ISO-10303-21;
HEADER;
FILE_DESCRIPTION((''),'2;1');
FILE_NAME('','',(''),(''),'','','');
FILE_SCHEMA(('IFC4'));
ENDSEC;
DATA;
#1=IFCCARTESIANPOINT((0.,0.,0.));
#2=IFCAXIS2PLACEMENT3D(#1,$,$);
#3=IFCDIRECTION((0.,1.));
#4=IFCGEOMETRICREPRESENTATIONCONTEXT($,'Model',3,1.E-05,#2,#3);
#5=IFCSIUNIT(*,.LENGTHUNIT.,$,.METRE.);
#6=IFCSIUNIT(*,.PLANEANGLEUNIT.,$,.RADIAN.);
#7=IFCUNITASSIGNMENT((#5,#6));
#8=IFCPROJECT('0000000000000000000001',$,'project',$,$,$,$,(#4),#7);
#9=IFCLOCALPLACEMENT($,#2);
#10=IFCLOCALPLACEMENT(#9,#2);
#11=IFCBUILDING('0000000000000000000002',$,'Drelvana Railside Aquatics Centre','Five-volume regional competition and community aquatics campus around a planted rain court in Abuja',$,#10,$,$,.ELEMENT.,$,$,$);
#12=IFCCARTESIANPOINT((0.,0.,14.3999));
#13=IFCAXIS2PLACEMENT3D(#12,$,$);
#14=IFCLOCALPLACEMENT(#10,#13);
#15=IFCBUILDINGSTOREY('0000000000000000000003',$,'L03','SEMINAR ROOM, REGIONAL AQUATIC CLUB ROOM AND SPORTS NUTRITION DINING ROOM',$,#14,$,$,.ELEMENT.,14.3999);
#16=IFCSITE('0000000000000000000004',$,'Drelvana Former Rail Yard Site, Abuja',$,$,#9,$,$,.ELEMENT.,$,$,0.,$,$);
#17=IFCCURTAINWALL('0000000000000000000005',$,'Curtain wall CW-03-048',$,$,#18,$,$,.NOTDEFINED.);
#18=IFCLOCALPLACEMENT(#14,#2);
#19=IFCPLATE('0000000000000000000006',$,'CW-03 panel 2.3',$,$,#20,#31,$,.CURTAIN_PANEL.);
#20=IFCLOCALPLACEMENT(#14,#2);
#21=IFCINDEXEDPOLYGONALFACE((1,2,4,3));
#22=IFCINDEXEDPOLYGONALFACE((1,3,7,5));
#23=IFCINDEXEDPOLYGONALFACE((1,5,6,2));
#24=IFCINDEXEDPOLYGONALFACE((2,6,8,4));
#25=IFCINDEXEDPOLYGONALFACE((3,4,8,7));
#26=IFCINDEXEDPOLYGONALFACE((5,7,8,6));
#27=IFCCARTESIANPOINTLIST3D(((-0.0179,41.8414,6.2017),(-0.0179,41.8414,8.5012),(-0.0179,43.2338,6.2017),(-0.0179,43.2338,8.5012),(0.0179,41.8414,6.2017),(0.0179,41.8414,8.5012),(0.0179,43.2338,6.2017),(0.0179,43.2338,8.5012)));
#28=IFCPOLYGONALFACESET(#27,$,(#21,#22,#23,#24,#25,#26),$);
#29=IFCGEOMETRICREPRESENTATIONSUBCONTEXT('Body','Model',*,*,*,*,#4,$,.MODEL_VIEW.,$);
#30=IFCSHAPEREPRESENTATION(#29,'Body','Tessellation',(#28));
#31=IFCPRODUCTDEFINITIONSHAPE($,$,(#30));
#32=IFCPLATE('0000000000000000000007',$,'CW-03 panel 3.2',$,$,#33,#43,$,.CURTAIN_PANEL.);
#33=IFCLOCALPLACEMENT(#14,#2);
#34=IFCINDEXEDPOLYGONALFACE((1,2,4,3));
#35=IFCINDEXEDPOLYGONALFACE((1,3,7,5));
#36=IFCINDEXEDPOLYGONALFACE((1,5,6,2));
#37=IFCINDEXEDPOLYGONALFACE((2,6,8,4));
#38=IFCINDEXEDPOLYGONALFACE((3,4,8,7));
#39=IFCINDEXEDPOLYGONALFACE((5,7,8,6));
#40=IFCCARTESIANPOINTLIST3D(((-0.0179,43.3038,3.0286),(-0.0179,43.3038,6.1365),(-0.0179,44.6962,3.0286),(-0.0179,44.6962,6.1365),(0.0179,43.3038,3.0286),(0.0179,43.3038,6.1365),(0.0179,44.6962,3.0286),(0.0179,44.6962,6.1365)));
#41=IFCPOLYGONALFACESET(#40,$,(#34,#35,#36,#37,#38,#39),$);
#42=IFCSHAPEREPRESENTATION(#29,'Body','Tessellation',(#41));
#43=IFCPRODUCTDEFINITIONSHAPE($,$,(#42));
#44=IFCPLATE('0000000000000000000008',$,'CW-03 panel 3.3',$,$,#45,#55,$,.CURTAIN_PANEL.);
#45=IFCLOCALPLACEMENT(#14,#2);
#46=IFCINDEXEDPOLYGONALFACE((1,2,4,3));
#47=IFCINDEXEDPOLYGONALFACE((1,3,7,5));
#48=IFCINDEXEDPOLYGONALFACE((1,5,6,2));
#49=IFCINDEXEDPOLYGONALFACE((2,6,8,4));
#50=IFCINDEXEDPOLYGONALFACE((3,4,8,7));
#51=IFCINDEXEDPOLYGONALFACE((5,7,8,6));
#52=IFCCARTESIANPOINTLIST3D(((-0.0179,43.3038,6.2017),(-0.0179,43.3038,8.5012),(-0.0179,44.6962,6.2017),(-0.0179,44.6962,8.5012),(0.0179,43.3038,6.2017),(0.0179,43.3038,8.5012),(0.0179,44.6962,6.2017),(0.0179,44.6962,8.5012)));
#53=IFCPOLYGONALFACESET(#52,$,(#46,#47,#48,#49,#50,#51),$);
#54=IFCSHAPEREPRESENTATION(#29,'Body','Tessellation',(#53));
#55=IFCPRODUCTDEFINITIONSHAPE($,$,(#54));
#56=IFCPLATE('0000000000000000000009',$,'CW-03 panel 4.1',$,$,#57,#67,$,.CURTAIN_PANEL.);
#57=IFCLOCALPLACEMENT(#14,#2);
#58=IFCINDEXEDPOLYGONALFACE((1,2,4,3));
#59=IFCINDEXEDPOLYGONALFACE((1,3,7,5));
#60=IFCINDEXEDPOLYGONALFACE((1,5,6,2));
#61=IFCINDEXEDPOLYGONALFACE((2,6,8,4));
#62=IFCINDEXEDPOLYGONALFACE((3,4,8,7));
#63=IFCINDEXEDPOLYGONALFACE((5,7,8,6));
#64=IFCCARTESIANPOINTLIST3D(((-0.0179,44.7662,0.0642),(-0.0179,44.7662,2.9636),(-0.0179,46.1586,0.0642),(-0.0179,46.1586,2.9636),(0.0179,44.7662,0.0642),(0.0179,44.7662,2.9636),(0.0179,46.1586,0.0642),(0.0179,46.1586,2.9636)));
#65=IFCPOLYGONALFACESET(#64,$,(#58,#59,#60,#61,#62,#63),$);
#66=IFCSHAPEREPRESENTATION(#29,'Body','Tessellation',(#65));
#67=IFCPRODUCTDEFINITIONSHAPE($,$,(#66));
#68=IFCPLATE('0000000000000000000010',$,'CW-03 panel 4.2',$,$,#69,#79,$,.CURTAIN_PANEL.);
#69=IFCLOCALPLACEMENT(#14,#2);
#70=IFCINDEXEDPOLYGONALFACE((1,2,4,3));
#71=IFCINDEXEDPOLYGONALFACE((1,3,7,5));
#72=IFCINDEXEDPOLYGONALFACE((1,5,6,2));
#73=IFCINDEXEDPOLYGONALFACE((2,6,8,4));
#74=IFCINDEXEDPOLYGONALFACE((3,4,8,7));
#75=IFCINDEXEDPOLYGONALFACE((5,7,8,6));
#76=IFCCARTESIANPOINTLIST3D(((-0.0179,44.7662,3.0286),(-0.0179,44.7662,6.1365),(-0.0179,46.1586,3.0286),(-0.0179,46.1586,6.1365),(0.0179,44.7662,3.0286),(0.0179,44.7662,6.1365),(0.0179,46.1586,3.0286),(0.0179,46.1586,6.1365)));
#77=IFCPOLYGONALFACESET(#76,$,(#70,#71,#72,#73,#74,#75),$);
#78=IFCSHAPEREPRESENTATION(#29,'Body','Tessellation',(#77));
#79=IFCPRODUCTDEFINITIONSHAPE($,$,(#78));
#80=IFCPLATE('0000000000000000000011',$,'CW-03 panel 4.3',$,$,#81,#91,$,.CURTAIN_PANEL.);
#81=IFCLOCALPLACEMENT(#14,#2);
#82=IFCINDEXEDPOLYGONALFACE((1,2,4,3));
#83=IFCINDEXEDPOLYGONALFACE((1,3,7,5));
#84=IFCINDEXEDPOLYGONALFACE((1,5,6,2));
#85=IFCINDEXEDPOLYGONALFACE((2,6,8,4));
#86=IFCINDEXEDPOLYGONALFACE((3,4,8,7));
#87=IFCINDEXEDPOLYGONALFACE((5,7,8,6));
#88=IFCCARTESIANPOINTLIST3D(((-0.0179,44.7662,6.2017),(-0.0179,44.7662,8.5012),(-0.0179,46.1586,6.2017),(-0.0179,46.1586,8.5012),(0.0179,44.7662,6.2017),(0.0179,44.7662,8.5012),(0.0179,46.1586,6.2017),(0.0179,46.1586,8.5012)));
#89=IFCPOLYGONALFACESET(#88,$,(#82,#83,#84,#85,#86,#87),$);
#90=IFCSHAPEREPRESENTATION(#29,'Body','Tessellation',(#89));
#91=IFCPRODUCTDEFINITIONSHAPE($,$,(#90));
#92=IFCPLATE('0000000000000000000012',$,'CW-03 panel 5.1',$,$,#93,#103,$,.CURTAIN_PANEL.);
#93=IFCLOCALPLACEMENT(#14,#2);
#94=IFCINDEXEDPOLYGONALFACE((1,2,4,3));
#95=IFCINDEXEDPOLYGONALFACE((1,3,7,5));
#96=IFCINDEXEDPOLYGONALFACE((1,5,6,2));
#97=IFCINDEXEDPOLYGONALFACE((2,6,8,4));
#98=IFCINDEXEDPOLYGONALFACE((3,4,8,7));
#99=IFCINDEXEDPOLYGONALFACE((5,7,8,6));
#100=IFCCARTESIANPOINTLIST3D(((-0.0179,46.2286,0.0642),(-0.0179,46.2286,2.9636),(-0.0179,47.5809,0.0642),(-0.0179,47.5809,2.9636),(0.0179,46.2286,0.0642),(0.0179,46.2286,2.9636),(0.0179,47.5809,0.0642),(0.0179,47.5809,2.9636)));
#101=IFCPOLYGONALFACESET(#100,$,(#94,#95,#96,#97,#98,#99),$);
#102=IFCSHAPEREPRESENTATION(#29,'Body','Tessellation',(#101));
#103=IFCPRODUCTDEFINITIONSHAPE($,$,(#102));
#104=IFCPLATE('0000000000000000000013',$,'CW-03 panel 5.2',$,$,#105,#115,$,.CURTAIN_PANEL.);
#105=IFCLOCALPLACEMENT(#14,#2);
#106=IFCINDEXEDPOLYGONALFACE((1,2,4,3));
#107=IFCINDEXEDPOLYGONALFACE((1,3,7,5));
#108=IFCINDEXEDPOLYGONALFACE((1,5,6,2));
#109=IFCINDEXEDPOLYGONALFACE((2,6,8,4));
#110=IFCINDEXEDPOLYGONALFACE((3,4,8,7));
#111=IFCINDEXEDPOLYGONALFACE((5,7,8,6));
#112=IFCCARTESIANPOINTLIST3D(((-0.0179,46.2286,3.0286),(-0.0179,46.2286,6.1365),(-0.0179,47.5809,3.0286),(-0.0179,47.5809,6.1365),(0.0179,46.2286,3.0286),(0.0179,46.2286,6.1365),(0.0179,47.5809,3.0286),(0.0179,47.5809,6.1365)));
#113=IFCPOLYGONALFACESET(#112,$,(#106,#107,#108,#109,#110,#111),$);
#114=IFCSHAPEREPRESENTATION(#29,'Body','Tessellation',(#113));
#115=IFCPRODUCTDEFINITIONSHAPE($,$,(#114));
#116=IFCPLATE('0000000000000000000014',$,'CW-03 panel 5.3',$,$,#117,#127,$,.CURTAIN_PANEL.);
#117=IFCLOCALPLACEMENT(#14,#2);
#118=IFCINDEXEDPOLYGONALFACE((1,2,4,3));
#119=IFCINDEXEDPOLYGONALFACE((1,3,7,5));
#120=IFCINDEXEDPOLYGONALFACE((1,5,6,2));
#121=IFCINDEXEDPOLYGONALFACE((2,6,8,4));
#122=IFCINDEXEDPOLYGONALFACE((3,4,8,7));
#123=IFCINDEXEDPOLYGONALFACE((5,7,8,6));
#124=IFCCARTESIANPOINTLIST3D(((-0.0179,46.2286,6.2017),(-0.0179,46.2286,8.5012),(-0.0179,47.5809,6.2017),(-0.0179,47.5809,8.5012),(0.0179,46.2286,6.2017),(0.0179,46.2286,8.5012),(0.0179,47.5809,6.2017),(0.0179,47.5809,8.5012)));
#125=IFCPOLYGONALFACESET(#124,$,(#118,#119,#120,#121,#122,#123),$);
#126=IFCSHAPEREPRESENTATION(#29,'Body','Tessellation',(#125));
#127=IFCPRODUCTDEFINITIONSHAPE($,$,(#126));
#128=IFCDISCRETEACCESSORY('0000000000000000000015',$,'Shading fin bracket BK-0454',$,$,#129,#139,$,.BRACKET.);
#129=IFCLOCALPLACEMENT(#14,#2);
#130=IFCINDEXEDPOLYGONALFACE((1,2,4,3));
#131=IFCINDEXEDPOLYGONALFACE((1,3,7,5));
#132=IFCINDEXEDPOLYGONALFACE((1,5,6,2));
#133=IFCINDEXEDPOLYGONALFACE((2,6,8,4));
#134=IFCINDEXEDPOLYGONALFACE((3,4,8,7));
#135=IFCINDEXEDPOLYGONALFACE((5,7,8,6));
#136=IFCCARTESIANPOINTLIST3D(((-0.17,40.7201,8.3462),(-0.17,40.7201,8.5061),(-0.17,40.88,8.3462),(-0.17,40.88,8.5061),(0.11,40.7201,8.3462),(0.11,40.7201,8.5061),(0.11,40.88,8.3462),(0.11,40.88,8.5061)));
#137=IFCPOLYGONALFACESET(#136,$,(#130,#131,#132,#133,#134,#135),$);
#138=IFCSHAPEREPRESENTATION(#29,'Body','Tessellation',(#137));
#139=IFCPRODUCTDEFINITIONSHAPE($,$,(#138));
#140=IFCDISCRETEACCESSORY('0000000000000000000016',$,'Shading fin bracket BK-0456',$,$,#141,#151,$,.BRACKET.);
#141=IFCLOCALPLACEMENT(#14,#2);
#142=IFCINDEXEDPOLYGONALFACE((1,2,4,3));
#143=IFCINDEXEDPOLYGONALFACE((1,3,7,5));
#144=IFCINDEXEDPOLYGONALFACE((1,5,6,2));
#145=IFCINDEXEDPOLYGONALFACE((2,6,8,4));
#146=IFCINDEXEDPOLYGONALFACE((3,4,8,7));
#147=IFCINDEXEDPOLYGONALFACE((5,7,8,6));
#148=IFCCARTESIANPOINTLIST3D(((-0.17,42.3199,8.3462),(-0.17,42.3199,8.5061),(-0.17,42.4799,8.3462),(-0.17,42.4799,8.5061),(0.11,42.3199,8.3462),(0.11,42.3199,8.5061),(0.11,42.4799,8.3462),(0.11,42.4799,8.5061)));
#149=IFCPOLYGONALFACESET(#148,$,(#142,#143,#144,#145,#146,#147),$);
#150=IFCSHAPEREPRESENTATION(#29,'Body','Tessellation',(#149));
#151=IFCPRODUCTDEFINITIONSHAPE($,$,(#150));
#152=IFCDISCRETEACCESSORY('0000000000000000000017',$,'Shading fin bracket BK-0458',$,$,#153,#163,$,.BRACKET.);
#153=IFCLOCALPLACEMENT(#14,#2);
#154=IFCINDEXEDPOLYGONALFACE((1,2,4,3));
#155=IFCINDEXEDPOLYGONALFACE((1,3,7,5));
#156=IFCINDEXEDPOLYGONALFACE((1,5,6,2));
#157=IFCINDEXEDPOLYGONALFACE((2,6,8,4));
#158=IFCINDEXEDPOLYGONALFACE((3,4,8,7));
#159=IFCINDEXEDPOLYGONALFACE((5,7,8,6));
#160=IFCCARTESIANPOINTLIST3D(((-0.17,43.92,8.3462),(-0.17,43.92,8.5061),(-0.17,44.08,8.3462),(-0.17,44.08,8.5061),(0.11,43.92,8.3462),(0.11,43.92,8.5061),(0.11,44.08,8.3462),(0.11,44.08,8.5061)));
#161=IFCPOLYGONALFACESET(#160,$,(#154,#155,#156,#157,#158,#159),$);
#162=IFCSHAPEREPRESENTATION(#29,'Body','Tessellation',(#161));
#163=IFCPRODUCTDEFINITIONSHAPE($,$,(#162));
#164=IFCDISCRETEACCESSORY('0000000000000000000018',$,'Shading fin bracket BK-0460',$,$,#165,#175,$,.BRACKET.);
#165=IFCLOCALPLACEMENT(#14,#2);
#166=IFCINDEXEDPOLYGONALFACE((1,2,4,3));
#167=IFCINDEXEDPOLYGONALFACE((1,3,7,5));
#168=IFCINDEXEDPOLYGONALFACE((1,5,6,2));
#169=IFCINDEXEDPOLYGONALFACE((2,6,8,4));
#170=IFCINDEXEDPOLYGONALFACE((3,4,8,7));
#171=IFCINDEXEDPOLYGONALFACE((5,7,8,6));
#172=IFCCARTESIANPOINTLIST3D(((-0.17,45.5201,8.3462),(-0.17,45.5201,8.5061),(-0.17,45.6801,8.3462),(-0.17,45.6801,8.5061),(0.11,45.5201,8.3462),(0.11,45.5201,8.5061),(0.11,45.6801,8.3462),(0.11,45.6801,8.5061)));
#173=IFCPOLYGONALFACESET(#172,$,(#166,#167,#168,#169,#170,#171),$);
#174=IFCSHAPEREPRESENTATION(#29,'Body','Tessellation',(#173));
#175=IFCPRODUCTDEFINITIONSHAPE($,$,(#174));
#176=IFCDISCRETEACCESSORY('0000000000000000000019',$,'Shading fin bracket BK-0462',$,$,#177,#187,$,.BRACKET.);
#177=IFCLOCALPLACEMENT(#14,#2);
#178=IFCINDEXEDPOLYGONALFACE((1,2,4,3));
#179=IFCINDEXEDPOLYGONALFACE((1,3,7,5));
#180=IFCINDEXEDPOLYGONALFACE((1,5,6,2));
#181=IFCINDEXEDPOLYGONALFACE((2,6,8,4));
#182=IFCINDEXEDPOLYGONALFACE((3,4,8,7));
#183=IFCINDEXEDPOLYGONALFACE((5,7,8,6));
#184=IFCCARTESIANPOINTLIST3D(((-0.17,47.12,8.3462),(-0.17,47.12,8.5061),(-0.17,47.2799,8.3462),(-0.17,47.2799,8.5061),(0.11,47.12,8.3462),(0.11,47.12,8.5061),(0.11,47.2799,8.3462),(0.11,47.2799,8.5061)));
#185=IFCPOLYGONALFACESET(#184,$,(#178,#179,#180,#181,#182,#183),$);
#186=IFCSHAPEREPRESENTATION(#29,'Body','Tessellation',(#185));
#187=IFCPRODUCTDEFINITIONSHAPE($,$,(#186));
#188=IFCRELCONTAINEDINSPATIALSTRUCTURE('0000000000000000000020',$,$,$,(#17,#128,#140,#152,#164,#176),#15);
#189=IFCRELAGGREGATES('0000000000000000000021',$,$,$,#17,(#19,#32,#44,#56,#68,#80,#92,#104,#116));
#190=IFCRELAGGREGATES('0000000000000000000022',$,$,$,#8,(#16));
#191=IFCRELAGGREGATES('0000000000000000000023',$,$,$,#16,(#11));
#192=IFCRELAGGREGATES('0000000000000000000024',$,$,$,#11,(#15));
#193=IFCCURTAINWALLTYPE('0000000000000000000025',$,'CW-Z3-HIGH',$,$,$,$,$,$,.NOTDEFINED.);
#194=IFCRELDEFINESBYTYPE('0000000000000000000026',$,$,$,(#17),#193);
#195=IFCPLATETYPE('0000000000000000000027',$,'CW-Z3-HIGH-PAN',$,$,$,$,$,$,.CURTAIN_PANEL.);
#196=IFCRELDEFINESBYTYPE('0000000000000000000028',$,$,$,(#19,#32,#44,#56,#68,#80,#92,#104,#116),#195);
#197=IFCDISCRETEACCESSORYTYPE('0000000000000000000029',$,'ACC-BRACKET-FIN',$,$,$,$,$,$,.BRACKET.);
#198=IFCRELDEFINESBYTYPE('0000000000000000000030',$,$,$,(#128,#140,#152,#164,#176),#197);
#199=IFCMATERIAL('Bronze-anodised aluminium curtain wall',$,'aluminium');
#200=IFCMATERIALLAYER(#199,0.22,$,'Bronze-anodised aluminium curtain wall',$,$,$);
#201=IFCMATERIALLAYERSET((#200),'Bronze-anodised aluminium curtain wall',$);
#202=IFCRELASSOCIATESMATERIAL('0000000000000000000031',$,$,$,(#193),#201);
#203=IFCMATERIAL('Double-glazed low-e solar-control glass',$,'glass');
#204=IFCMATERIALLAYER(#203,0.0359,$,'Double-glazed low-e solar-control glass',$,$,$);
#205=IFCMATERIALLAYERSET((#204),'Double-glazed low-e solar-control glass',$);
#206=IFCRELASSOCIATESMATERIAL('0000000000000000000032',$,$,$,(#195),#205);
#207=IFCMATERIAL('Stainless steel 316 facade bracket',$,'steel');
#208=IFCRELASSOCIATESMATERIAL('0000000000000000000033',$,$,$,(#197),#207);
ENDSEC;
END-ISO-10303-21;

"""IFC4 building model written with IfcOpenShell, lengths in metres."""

from ifc_helpers import new_model, si_unit, direction, frame, origin, origin_2d, place, context, subcontext, project, spatial, rectangle, extrude, material, layer, layer_set, type_object, element, aggregate, save


model = new_model("IFC4")

# Units and contexts
model_context = context("Model", 3, precision=1e-05, world=origin(), true_north=direction((0.0, 1.0)))
body_context = subcontext(model_context, "Body", "Model", "MODEL_VIEW")
ifc_project = project(units=[si_unit("LENGTHUNIT", "METRE"), si_unit("PLANEANGLEUNIT", "RADIAN")], contexts=[model_context])

# Site, building, storey
site_placement = place(None, origin())
site = spatial("IfcSite", under=ifc_project, at=site_placement, Name="Drelvana Former Rail Yard Site, Abuja", CompositionType="ELEMENT", RefElevation=0.0)
building_placement = place(site_placement, origin())
building = spatial("IfcBuilding", under=site, at=building_placement, Name="Drelvana Railside Aquatics Centre", Description="Five-volume regional competition and community aquatics campus around a planted rain court in Abuja", CompositionType="ELEMENT")
storey_placement = place(building_placement, frame((0.0, 0.0, 14.3999)))
storey = spatial("IfcBuildingStorey", under=building, at=storey_placement, Name="L03", Description="SEMINAR ROOM, REGIONAL AQUATIC CLUB ROOM AND SPORTS NUTRITION DINING ROOM", CompositionType="ELEMENT", Elevation=14.3999)

# Curtain wall, plates
ifc_material_1 = material(Name="Bronze-anodised aluminium curtain wall", Category="aluminium")
ifc_layer_1 = layer(ifc_material_1, 0.22, Name="Bronze-anodised aluminium curtain wall")
ifc_layer_set_1 = layer_set([ifc_layer_1], Name="Bronze-anodised aluminium curtain wall")
curtain_wall_type = type_object("IfcCurtainWallType", Name="CW-Z3-HIGH", PredefinedType="NOTDEFINED", material=ifc_layer_set_1)
curtain_wall_placement = place(storey_placement, origin())
curtain_wall = element("IfcCurtainWall", 1, at=curtain_wall_placement, inside=storey, type_object=curtain_wall_type, Name="Curtain wall CW-03-048", PredefinedType="NOTDEFINED")
ifc_material_2 = material(Name="Double-glazed low-e solar-control glass", Category="glass")
ifc_layer_2 = layer(ifc_material_2, 0.0359, Name="Double-glazed low-e solar-control glass")
ifc_layer_set_2 = layer_set([ifc_layer_2], Name="Double-glazed low-e solar-control glass")
plate_type = type_object("IfcPlateType", Name="CW-Z3-HIGH-PAN", PredefinedType="CURTAIN_PANEL", material=ifc_layer_set_2)
plate_1_placement = place(storey_placement, frame((0.0, 42.5376, 6.2017), z_axis=(0.0, 0.0, 1.0), x_axis=(0.0, 1.0, 0.0)))
plate_1 = element("IfcPlate", 2, at=plate_1_placement, type_object=plate_type, Name="CW-03 panel 2.3", PredefinedType="CURTAIN_PANEL", context=body_context, shape_type="SweptSolid", body=[
    extrude(rectangle(XDim=1.3923, YDim=0.0359, at=origin_2d()), origin(), (0.0, 0.0, 1.0), 2.2996),
])
plate_2_placement = place(storey_placement, frame((0.0, 44.0, 3.0286), z_axis=(0.0, 0.0, 1.0), x_axis=(0.0, 1.0, 0.0)))
plate_2 = element("IfcPlate", 3, at=plate_2_placement, type_object=plate_type, Name="CW-03 panel 3.2", PredefinedType="CURTAIN_PANEL", context=body_context, shape_type="SweptSolid", body=[
    extrude(rectangle(XDim=1.3923, YDim=0.0359, at=origin_2d()), origin(), (0.0, 0.0, 1.0), 3.1079),
])
plate_3_placement = place(storey_placement, frame((0.0, 44.0, 6.2017), z_axis=(0.0, 0.0, 1.0), x_axis=(0.0, 1.0, 0.0)))
plate_3 = element("IfcPlate", 4, at=plate_3_placement, type_object=plate_type, Name="CW-03 panel 3.3", PredefinedType="CURTAIN_PANEL", context=body_context, shape_type="SweptSolid", body=[
    extrude(rectangle(XDim=1.3923, YDim=0.0359, at=origin_2d()), origin(), (0.0, 0.0, 1.0), 2.2996),
])
plate_4_placement = place(storey_placement, frame((0.0, 45.4624, 0.0642), z_axis=(0.0, 0.0, 1.0), x_axis=(0.0, 1.0, 0.0)))
plate_4 = element("IfcPlate", 5, at=plate_4_placement, type_object=plate_type, Name="CW-03 panel 4.1", PredefinedType="CURTAIN_PANEL", context=body_context, shape_type="SweptSolid", body=[
    extrude(rectangle(XDim=1.3923, YDim=0.0359, at=origin_2d()), origin(), (0.0, 0.0, 1.0), 2.8994),
])
plate_5_placement = place(storey_placement, frame((0.0, 45.4624, 3.0286), z_axis=(0.0, 0.0, 1.0), x_axis=(0.0, 1.0, 0.0)))
plate_5 = element("IfcPlate", 6, at=plate_5_placement, type_object=plate_type, Name="CW-03 panel 4.2", PredefinedType="CURTAIN_PANEL", context=body_context, shape_type="SweptSolid", body=[
    extrude(rectangle(XDim=1.3923, YDim=0.0359, at=origin_2d()), origin(), (0.0, 0.0, 1.0), 3.1079),
])
plate_6_placement = place(storey_placement, frame((0.0, 45.4624, 6.2017), z_axis=(0.0, 0.0, 1.0), x_axis=(0.0, 1.0, 0.0)))
plate_6 = element("IfcPlate", 7, at=plate_6_placement, type_object=plate_type, Name="CW-03 panel 4.3", PredefinedType="CURTAIN_PANEL", context=body_context, shape_type="SweptSolid", body=[
    extrude(rectangle(XDim=1.3923, YDim=0.0359, at=origin_2d()), origin(), (0.0, 0.0, 1.0), 2.2996),
])
plate_7_placement = place(storey_placement, frame((0.0, 46.9048, 0.0642), z_axis=(0.0, 0.0, 1.0), x_axis=(0.0, 1.0, 0.0)))
plate_7 = element("IfcPlate", 8, at=plate_7_placement, type_object=plate_type, Name="CW-03 panel 5.1", PredefinedType="CURTAIN_PANEL", context=body_context, shape_type="SweptSolid", body=[
    extrude(rectangle(XDim=1.3523, YDim=0.0359, at=origin_2d()), origin(), (0.0, 0.0, 1.0), 2.8994),
])
plate_8_placement = place(storey_placement, frame((0.0, 46.9048, 3.0286), z_axis=(0.0, 0.0, 1.0), x_axis=(0.0, 1.0, 0.0)))
plate_8 = element("IfcPlate", 9, at=plate_8_placement, type_object=plate_type, Name="CW-03 panel 5.2", PredefinedType="CURTAIN_PANEL", context=body_context, shape_type="SweptSolid", body=[
    extrude(rectangle(XDim=1.3523, YDim=0.0359, at=origin_2d()), origin(), (0.0, 0.0, 1.0), 3.1079),
])
plate_9_placement = place(storey_placement, frame((0.0, 46.9048, 6.2017), z_axis=(0.0, 0.0, 1.0), x_axis=(0.0, 1.0, 0.0)))
plate_9 = element("IfcPlate", 10, at=plate_9_placement, type_object=plate_type, Name="CW-03 panel 5.3", PredefinedType="CURTAIN_PANEL", context=body_context, shape_type="SweptSolid", body=[
    extrude(rectangle(XDim=1.3523, YDim=0.0359, at=origin_2d()), origin(), (0.0, 0.0, 1.0), 2.2996),
])
aggregate(curtain_wall, [plate_1, plate_2, plate_3, plate_4, plate_5, plate_6, plate_7, plate_8, plate_9])

# Discrete accessories
ifc_material_3 = material(Name="Stainless steel 316 facade bracket", Category="steel")
discrete_accessory_type = type_object("IfcDiscreteAccessoryType", Name="ACC-BRACKET-FIN", PredefinedType="BRACKET", material=ifc_material_3)
for number, where, z_axis, x_axis, name in (
    (11, (-0.03, 40.8, 8.3462), (0.0, 0.0, 1.0), (-1.0, 0.0, 0.0), "Shading fin bracket BK-0454"),
    (12, (-0.03, 42.3999, 8.3462), (0.0, 0.0, 1.0), (-1.0, 0.0, 0.0), "Shading fin bracket BK-0456"),
    (13, (-0.03, 44.0, 8.3462), (0.0, 0.0, 1.0), (-1.0, 0.0, 0.0), "Shading fin bracket BK-0458"),
    (14, (-0.03, 45.6001, 8.3462), (0.0, 0.0, 1.0), (-1.0, 0.0, 0.0), "Shading fin bracket BK-0460"),
    (15, (-0.03, 47.2, 8.3462), (0.0, 0.0, 1.0), (-1.0, 0.0, 0.0), "Shading fin bracket BK-0462"),
):
    element("IfcDiscreteAccessory", number, at=place(storey_placement, frame(where, z_axis=z_axis, x_axis=x_axis)), inside=storey, type_object=discrete_accessory_type, Name=name, PredefinedType="BRACKET", context=body_context, shape_type="SweptSolid", body=[
        extrude(rectangle(XDim=0.28, YDim=0.1599, at=origin_2d()), origin(), (0.0, 0.0, 1.0), 0.1599),
    ])

save(model, "model.ifc")
